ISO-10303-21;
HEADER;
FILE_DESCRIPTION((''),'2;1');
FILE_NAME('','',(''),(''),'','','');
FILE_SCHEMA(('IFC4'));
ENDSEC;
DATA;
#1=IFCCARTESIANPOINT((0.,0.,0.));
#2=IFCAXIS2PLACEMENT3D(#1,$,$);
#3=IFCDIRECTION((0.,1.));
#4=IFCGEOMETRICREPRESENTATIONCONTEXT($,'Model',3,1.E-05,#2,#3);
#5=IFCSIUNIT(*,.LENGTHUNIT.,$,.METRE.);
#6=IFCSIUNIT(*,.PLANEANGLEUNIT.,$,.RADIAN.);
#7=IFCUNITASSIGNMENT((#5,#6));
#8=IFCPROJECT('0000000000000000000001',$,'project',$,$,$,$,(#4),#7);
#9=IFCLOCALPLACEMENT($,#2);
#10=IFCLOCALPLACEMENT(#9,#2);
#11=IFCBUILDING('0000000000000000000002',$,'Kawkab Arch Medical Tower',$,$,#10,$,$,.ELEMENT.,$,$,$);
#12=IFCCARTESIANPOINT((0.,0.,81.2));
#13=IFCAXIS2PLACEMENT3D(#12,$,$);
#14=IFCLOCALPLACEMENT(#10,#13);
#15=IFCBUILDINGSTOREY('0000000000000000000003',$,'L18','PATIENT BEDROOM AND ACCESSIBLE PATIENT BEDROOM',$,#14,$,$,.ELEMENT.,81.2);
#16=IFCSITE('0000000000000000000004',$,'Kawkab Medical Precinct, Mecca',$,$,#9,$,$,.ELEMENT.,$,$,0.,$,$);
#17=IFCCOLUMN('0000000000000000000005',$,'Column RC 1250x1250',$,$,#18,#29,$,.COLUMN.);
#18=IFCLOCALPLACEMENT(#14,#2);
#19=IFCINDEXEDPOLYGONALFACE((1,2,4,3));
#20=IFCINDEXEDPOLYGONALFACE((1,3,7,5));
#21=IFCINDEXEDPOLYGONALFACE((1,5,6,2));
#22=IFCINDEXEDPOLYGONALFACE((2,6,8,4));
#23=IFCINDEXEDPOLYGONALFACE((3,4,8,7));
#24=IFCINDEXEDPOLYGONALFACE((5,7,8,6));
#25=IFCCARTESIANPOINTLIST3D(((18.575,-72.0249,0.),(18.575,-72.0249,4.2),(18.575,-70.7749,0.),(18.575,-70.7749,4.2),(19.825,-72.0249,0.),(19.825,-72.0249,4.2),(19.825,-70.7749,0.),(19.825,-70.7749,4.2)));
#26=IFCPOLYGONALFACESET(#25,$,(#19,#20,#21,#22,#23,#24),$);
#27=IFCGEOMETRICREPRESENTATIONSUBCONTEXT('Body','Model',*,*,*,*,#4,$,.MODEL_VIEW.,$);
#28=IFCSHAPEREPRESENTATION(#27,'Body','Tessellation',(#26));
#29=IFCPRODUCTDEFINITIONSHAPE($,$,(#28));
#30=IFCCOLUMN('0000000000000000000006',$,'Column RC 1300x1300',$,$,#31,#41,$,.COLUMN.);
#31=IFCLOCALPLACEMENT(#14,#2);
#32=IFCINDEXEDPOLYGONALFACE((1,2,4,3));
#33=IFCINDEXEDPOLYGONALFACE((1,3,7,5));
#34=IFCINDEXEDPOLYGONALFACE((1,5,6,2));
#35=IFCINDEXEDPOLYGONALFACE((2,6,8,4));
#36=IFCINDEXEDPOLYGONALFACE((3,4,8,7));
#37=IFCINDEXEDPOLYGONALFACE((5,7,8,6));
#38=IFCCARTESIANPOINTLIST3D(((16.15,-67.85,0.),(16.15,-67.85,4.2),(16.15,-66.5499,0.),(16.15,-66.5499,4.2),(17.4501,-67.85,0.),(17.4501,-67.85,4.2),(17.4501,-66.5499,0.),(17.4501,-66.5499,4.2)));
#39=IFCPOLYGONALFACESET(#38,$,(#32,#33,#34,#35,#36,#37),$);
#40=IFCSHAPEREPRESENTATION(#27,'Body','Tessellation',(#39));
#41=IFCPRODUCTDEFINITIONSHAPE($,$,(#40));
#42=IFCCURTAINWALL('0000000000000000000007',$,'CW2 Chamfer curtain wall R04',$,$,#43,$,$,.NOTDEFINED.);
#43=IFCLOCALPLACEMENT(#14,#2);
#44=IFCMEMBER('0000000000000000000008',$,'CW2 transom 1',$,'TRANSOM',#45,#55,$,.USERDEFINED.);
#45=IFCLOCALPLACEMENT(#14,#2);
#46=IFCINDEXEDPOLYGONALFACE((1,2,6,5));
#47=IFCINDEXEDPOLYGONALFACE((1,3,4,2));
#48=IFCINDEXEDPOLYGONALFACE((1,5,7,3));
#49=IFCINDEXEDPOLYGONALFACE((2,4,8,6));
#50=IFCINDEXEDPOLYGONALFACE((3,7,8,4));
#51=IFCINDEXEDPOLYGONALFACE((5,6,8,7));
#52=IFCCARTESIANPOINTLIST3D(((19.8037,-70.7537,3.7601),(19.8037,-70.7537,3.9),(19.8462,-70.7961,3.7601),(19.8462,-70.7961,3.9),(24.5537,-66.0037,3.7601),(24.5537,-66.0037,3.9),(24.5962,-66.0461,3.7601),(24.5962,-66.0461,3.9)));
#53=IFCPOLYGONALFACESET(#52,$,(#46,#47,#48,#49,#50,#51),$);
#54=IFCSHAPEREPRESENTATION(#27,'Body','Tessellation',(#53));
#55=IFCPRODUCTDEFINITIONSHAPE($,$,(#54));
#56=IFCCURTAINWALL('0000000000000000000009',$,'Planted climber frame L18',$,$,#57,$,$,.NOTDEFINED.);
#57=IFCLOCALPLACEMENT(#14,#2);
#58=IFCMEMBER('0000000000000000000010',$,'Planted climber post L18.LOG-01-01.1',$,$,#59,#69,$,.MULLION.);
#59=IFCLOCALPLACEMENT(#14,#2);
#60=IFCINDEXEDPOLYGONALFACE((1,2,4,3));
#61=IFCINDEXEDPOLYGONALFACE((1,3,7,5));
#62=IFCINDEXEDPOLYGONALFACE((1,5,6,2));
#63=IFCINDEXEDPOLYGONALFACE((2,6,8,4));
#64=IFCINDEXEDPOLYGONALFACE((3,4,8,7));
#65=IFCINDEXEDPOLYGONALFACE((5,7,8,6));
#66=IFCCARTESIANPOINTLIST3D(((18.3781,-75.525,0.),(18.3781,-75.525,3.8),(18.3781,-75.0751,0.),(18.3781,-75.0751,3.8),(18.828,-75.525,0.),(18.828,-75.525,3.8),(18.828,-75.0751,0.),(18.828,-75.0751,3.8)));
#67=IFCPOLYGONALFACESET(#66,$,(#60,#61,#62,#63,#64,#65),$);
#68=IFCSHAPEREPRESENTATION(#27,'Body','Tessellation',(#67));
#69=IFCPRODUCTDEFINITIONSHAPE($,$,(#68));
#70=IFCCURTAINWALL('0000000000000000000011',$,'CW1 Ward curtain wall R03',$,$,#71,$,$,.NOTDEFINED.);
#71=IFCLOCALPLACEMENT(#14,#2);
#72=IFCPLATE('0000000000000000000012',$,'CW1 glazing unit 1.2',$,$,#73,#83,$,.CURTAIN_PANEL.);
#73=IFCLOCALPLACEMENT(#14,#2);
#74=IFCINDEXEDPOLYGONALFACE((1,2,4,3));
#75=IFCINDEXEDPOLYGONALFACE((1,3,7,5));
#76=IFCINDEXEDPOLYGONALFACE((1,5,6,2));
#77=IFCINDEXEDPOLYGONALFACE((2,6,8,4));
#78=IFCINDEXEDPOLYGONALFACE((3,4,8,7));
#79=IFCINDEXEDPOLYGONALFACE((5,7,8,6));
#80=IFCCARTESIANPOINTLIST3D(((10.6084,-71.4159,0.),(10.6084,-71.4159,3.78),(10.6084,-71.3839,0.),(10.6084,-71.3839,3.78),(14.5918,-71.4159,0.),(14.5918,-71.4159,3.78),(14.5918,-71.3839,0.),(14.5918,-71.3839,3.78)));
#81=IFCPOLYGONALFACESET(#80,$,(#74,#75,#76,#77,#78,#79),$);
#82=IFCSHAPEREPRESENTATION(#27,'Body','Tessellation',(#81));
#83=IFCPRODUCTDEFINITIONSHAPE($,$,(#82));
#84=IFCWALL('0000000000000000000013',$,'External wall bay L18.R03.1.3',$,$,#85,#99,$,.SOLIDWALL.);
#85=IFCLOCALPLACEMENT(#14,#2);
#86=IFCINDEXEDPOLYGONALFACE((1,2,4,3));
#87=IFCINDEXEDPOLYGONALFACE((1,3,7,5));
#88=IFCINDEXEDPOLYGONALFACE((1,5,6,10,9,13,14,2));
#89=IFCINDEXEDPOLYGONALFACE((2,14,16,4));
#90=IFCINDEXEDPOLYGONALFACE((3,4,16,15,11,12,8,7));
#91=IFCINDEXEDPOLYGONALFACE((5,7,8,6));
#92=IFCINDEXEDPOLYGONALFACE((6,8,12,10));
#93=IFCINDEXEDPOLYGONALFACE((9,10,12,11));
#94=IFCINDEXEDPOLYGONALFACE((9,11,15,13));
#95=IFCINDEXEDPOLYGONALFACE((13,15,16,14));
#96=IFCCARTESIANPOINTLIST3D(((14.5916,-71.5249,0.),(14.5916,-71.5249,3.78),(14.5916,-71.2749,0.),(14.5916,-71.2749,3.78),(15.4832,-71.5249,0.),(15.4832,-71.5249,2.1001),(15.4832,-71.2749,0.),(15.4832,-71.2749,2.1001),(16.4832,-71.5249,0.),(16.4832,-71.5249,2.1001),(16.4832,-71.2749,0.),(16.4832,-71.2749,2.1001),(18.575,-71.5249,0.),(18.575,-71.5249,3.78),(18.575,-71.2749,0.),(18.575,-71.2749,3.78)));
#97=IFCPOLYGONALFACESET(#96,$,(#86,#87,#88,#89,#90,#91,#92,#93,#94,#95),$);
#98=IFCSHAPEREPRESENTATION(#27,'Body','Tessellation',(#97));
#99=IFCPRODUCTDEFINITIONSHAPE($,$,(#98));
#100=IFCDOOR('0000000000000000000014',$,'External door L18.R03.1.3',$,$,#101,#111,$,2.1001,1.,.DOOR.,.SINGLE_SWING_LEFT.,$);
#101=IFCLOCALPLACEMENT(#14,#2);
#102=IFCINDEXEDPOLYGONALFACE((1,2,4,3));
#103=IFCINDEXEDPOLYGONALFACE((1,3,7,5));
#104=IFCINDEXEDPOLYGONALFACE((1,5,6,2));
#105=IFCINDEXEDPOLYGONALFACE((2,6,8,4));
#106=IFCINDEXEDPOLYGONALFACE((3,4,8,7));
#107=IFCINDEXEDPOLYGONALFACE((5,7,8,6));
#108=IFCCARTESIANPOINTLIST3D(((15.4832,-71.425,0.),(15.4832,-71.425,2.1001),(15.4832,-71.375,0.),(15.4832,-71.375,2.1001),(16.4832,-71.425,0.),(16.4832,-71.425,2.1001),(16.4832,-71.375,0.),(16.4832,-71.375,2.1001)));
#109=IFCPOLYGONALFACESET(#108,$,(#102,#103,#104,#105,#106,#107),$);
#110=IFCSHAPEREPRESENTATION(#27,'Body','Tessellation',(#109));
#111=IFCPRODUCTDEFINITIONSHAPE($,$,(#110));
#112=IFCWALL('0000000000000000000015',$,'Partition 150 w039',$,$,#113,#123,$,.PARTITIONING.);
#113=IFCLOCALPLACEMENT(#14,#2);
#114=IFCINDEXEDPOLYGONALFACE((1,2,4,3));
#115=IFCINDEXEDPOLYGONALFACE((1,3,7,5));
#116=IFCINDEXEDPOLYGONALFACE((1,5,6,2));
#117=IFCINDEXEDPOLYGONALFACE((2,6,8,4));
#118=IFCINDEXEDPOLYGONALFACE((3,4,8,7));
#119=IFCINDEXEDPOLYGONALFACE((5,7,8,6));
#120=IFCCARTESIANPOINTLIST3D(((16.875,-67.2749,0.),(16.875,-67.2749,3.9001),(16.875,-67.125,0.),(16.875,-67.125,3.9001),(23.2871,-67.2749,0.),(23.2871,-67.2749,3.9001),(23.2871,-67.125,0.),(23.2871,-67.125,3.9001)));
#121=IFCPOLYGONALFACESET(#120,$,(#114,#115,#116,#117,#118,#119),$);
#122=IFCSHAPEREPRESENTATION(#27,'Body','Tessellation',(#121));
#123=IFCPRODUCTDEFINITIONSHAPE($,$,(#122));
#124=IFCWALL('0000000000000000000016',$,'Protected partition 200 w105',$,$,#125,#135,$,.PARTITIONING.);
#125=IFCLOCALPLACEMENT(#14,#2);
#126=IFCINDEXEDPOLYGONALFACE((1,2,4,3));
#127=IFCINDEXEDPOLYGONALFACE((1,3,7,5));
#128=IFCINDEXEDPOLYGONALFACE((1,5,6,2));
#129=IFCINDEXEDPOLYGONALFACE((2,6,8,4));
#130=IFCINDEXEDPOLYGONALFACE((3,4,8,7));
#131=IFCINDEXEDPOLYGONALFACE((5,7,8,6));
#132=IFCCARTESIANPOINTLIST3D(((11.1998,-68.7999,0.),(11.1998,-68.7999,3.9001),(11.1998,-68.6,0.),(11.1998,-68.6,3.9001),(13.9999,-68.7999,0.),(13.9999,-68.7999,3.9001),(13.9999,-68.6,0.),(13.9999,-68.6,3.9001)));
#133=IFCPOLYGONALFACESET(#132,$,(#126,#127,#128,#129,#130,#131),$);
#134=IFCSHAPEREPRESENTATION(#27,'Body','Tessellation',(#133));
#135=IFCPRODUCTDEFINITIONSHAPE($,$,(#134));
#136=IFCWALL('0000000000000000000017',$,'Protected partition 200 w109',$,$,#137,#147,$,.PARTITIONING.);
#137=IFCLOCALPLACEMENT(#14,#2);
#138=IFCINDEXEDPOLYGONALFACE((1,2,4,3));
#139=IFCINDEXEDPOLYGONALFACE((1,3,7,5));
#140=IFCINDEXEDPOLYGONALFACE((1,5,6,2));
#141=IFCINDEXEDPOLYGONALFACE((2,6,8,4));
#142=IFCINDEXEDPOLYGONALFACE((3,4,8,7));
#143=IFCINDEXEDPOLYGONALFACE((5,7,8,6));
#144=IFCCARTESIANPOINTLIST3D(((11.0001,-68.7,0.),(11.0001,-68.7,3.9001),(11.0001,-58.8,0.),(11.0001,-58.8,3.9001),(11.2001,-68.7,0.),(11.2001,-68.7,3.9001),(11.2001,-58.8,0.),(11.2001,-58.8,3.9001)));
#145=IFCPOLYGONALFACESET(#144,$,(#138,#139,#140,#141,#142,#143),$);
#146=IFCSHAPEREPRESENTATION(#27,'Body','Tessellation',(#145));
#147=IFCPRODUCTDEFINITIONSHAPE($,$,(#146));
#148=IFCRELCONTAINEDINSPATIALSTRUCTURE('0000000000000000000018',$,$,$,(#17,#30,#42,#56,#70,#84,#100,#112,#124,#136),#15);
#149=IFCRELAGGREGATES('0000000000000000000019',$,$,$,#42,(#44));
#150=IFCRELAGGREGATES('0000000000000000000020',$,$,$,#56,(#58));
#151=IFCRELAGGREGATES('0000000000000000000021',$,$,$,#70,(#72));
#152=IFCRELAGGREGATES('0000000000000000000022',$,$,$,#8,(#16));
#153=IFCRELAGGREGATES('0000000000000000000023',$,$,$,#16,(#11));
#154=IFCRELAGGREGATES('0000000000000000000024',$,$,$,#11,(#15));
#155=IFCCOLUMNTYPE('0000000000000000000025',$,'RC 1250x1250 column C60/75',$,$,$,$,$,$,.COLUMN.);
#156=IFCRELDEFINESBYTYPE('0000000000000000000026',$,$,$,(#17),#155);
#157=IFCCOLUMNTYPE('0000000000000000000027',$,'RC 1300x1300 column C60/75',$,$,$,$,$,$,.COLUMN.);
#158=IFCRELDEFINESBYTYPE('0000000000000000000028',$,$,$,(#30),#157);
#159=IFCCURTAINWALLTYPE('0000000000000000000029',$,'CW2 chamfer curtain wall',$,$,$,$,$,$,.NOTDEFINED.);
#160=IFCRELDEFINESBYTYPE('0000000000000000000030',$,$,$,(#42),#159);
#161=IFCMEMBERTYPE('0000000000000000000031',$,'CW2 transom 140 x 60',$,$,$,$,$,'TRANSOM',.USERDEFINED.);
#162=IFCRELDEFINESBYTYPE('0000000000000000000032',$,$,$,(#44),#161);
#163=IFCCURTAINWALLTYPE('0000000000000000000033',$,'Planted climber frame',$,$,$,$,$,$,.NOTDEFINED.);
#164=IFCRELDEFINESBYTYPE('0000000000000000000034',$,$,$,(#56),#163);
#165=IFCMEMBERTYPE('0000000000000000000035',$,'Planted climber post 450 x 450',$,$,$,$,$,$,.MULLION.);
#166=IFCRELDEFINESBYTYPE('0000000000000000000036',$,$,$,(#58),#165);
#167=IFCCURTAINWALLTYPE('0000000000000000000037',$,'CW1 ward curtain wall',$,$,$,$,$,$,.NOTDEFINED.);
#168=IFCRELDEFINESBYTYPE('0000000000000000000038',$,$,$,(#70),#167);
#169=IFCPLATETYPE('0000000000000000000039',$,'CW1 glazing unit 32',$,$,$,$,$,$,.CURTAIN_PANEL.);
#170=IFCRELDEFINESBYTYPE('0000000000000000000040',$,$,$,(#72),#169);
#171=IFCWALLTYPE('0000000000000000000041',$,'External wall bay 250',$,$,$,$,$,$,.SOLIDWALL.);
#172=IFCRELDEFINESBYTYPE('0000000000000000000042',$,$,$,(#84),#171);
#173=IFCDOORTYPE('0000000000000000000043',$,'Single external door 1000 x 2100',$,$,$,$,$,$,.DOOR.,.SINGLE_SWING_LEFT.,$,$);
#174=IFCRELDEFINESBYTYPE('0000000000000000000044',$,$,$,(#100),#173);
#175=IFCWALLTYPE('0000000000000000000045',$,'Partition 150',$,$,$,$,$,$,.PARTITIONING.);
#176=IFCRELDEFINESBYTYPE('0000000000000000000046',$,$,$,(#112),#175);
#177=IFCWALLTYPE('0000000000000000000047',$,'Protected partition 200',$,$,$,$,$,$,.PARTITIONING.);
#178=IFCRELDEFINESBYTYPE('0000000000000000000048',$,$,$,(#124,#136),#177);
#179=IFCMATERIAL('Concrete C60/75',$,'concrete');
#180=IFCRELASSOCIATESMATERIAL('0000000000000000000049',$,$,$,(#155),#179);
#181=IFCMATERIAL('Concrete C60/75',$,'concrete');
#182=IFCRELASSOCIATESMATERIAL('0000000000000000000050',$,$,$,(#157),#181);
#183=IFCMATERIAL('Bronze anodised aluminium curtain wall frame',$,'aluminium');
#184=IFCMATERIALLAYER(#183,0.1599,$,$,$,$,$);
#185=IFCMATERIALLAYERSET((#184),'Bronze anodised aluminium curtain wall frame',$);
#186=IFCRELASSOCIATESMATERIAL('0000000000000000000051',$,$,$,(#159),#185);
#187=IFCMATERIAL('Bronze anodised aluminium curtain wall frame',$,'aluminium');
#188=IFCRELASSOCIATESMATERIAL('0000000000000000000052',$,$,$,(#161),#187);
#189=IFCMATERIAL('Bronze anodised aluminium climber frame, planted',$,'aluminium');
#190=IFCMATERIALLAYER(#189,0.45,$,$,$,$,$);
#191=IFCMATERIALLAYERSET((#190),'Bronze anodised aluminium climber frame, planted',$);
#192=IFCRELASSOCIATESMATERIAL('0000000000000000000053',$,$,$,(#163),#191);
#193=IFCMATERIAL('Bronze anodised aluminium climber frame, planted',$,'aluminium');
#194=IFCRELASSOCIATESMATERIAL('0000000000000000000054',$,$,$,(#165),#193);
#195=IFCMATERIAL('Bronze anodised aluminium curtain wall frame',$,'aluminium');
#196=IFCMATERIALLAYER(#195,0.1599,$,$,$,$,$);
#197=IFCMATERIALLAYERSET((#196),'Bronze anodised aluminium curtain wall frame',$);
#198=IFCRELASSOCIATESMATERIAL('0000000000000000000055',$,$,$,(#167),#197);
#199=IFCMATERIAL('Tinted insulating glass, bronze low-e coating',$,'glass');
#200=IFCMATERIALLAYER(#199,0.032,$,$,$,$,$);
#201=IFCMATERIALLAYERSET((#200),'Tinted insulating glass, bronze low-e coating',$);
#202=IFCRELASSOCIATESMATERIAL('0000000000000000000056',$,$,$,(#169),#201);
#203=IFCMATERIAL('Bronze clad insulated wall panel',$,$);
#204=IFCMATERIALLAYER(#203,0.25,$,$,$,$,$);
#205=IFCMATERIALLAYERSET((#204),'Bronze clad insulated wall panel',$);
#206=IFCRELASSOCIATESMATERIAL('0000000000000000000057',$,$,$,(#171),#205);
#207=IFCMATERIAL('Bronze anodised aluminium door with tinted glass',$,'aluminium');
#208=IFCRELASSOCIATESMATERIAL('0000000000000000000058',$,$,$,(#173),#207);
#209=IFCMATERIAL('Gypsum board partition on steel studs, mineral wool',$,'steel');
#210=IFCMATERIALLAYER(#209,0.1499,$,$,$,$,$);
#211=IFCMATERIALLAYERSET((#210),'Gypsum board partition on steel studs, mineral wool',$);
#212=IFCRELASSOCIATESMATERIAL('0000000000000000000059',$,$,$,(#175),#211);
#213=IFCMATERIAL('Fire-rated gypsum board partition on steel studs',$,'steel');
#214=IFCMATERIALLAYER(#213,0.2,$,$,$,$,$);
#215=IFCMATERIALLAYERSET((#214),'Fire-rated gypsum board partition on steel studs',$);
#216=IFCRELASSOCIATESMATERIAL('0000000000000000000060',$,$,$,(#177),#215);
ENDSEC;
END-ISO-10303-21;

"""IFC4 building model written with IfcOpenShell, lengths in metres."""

from ifc_helpers import new_model, si_unit, direction, frame, frame_2d, origin, origin_2d, place, context, subcontext, project, spatial, rectangle, extrude, material, layer, layer_set, material_profile, profile_set, type_object, element, fill, aggregate, save


model = new_model("IFC4")

# Units and contexts
model_context = context("Model", 3, precision=1e-05, world=origin(), true_north=direction((0.0, 1.0)))
body_context = subcontext(model_context, "Body", "Model", "MODEL_VIEW")
ifc_project = project(units=[si_unit("LENGTHUNIT", "METRE"), si_unit("PLANEANGLEUNIT", "RADIAN")], contexts=[model_context])

# Site, building, storey
site_placement = place(None, origin())
site = spatial("IfcSite", under=ifc_project, at=site_placement, Name="Kawkab Medical Precinct, Mecca", CompositionType="ELEMENT", RefElevation=0.0)
building_placement = place(site_placement, origin())
building = spatial("IfcBuilding", under=site, at=building_placement, Name="Kawkab Arch Medical Tower", CompositionType="ELEMENT")
storey_placement = place(building_placement, frame((0.0, 0.0, 81.2)))
storey = spatial("IfcBuildingStorey", under=building, at=storey_placement, Name="L18", Description="PATIENT BEDROOM AND ACCESSIBLE PATIENT BEDROOM", CompositionType="ELEMENT", Elevation=81.2)

# Columns
ifc_material_1 = material(Name="Concrete C60/75", Category="concrete")
ifc_material_profile_1 = material_profile(ifc_material_1, rectangle(XDim=1.25, YDim=1.25, at=origin_2d()), Name="RC 1250x1250")
ifc_profile_set_1 = profile_set([ifc_material_profile_1], Name="Concrete C60/75")
column_type_1 = type_object("IfcColumnType", Name="RC 1250x1250 column C60/75", PredefinedType="COLUMN", material=ifc_profile_set_1)
column_1_placement = place(storey_placement, frame((19.2, -71.3999, 0.0), z_axis=(0.0, 0.0, 1.0), x_axis=(1.0, 0.0, 0.0)))
element("IfcColumn", 1, at=column_1_placement, inside=storey, type_object=column_type_1, Name="Column RC 1250x1250", PredefinedType="COLUMN", context=body_context, shape_type="SweptSolid", body=[
    extrude(rectangle(XDim=1.25, YDim=1.25, at=origin_2d()), origin(), (0.0, 0.0, 1.0), 4.2),
])
ifc_material_2 = material(Name="Concrete C60/75", Category="concrete")
ifc_material_profile_2 = material_profile(ifc_material_2, rectangle(XDim=1.3, YDim=1.3, at=origin_2d()), Name="RC 1300x1300")
ifc_profile_set_2 = profile_set([ifc_material_profile_2], Name="Concrete C60/75")
column_type_2 = type_object("IfcColumnType", Name="RC 1300x1300 column C60/75", PredefinedType="COLUMN", material=ifc_profile_set_2)
column_2_placement = place(storey_placement, frame((16.8, -67.2, 0.0), z_axis=(0.0, 0.0, 1.0), x_axis=(1.0, 0.0, 0.0)))
element("IfcColumn", 2, at=column_2_placement, inside=storey, type_object=column_type_2, Name="Column RC 1300x1300", PredefinedType="COLUMN", context=body_context, shape_type="SweptSolid", body=[
    extrude(rectangle(XDim=1.3, YDim=1.3, at=origin_2d()), origin(), (0.0, 0.0, 1.0), 4.2),
])

# Curtain walls, members
ifc_material_3 = material(Name="Bronze anodised aluminium curtain wall frame", Category="aluminium")
ifc_layer_1 = layer(ifc_material_3, 0.1599)
ifc_layer_set_1 = layer_set([ifc_layer_1], Name="Bronze anodised aluminium curtain wall frame")
curtain_wall_type_1 = type_object("IfcCurtainWallType", Name="CW2 chamfer curtain wall", PredefinedType="NOTDEFINED", material=ifc_layer_set_1)
placement = place(storey_placement, origin())
curtain_wall_1 = element("IfcCurtainWall", 3, at=placement, inside=storey, type_object=curtain_wall_type_1, Name="CW2 Chamfer curtain wall R04", PredefinedType="NOTDEFINED")
ifc_material_4 = material(Name="Bronze anodised aluminium curtain wall frame", Category="aluminium")
ifc_material_profile_3 = material_profile(ifc_material_4, rectangle(XDim=0.0601, YDim=0.1399, at=origin_2d()), Name="AL 60x140")
ifc_profile_set_3 = profile_set([ifc_material_profile_3], Name="Bronze anodised aluminium curtain wall frame")
member_type_1 = type_object("IfcMemberType", Name="CW2 transom 140 x 60", ElementType="TRANSOM", PredefinedType="USERDEFINED", material=ifc_profile_set_3)
member_1_placement = place(storey_placement, frame((19.825, -70.7749, 3.8301), z_axis=(0.707107, 0.707107, 0.0), x_axis=(-0.707107, 0.707107, 0.0)))
member_1 = element("IfcMember", 4, at=member_1_placement, type_object=member_type_1, Name="CW2 transom 1", ObjectType="TRANSOM", PredefinedType="USERDEFINED", context=body_context, shape_type="SweptSolid", body=[
    extrude(rectangle(XDim=0.0601, YDim=0.1399, at=origin_2d()), origin(), (0.0, 0.0, 1.0), 6.7175),
])
aggregate(curtain_wall_1, [member_1])
ifc_material_5 = material(Name="Bronze anodised aluminium climber frame, planted", Category="aluminium")
ifc_layer_2 = layer(ifc_material_5, 0.45)
ifc_layer_set_2 = layer_set([ifc_layer_2], Name="Bronze anodised aluminium climber frame, planted")
curtain_wall_type_2 = type_object("IfcCurtainWallType", Name="Planted climber frame", PredefinedType="NOTDEFINED", material=ifc_layer_set_2)
curtain_wall_2 = element("IfcCurtainWall", 5, at=placement, inside=storey, type_object=curtain_wall_type_2, Name="Planted climber frame L18", PredefinedType="NOTDEFINED")
ifc_material_6 = material(Name="Bronze anodised aluminium climber frame, planted", Category="aluminium")
ifc_material_profile_4 = material_profile(ifc_material_6, rectangle(XDim=0.45, YDim=0.45, at=origin_2d()), Name="Post 450x450")
ifc_profile_set_4 = profile_set([ifc_material_profile_4], Name="Bronze anodised aluminium climber frame, planted")
member_type_2 = type_object("IfcMemberType", Name="Planted climber post 450 x 450", PredefinedType="MULLION", material=ifc_profile_set_4)
member_2_placement = place(storey_placement, frame((18.603, -75.3, 0.0), z_axis=(0.0, 0.0, 1.0), x_axis=(1.0, 0.0, 0.0)))
member_2 = element("IfcMember", 6, at=member_2_placement, type_object=member_type_2, Name="Planted climber post L18.LOG-01-01.1", PredefinedType="MULLION", context=body_context, shape_type="SweptSolid", body=[
    extrude(rectangle(XDim=0.45, YDim=0.45, at=origin_2d()), origin(), (0.0, 0.0, 1.0), 3.8),
])
aggregate(curtain_wall_2, [member_2])

# Curtain wall, plate
ifc_material_7 = material(Name="Bronze anodised aluminium curtain wall frame", Category="aluminium")
ifc_layer_3 = layer(ifc_material_7, 0.1599)
ifc_layer_set_3 = layer_set([ifc_layer_3], Name="Bronze anodised aluminium curtain wall frame")
curtain_wall_type_3 = type_object("IfcCurtainWallType", Name="CW1 ward curtain wall", PredefinedType="NOTDEFINED", material=ifc_layer_set_3)
curtain_wall_3 = element("IfcCurtainWall", 7, at=placement, inside=storey, type_object=curtain_wall_type_3, Name="CW1 Ward curtain wall R03", PredefinedType="NOTDEFINED")
ifc_material_8 = material(Name="Tinted insulating glass, bronze low-e coating", Category="glass")
ifc_layer_4 = layer(ifc_material_8, 0.032)
ifc_layer_set_4 = layer_set([ifc_layer_4], Name="Tinted insulating glass, bronze low-e coating")
plate_type = type_object("IfcPlateType", Name="CW1 glazing unit 32", PredefinedType="CURTAIN_PANEL", material=ifc_layer_set_4)
plate_placement = place(storey_placement, frame((12.6001, -71.3999, 0.0), z_axis=(0.0, 0.0, 1.0), x_axis=(1.0, 0.0, 0.0)))
plate = element("IfcPlate", 8, at=plate_placement, type_object=plate_type, Name="CW1 glazing unit 1.2", PredefinedType="CURTAIN_PANEL", context=body_context, shape_type="SweptSolid", body=[
    extrude(rectangle(XDim=3.9834, YDim=0.032, at=origin_2d()), origin(), (0.0, 0.0, 1.0), 3.78),
])
aggregate(curtain_wall_3, [plate])

# Wall, opening, door
ifc_material_9 = material(Name="Bronze clad insulated wall panel")
ifc_layer_5 = layer(ifc_material_9, 0.25)
ifc_layer_set_5 = layer_set([ifc_layer_5], Name="Bronze clad insulated wall panel")
wall_type_1 = type_object("IfcWallType", Name="External wall bay 250", PredefinedType="SOLIDWALL", material=ifc_layer_set_5)
wall_1_placement = place(storey_placement, frame((14.5916, -71.3999, 0.0), z_axis=(0.0, 0.0, 1.0), x_axis=(1.0, 0.0, 0.0)))
wall_1 = element("IfcWall", 9, at=wall_1_placement, inside=storey, type_object=wall_type_1, Name="External wall bay L18.R03.1.3", PredefinedType="SOLIDWALL", context=body_context, shape_type="SweptSolid", body=[
    extrude(rectangle(XDim=3.9834, YDim=0.25, at=frame_2d((1.9917, 0.0))), origin(), (0.0, 0.0, 1.0), 3.78),
])
opening_1_placement = place(wall_1_placement, frame((0.8916, 0.0, 0.0)))
opening_1 = element("IfcOpeningElement", 10, at=opening_1_placement, cuts=wall_1, PredefinedType="OPENING", context=body_context, shape_type="SweptSolid", body=[
    extrude(rectangle(XDim=1.0, YDim=2.1001, at=frame_2d((0.5, 1.05))), frame((0.0, 0.135, 0.0), z_axis=(0.0, -1.0, 0.0), x_axis=(1.0, 0.0, 0.0)), (0.0, 0.0, 1.0), 0.27),
])
ifc_material_10 = material(Name="Bronze anodised aluminium door with tinted glass", Category="aluminium")
door_type_1 = type_object("IfcDoorType", Name="Single external door 1000 x 2100", OperationType="SINGLE_SWING_LEFT", PredefinedType="DOOR", material=ifc_material_10)
door_1_placement = place(opening_1_placement, origin())
door_1 = element("IfcDoor", 11, at=door_1_placement, inside=storey, type_object=door_type_1, Name="External door L18.R03.1.3", OperationType="SINGLE_SWING_LEFT", OverallHeight=2.1001, OverallWidth=1.0, PredefinedType="DOOR", context=body_context, shape_type="SweptSolid", body=[
    extrude(rectangle(XDim=1.0, YDim=2.1001, at=frame_2d((0.5, 1.05))), frame((0.0, 0.0249, 0.0), z_axis=(0.0, -1.0, 0.0), x_axis=(1.0, 0.0, 0.0)), (0.0, 0.0, 1.0), 0.05),
])
fill(opening_1, door_1)

# Wall
ifc_material_11 = material(Name="Gypsum board partition on steel studs, mineral wool", Category="steel")
ifc_layer_6 = layer(ifc_material_11, 0.1499)
ifc_layer_set_6 = layer_set([ifc_layer_6], Name="Gypsum board partition on steel studs, mineral wool")
wall_type_2 = type_object("IfcWallType", Name="Partition 150", PredefinedType="PARTITIONING", material=ifc_layer_set_6)
wall_2_placement = place(storey_placement, frame((16.875, -67.2, 0.0), z_axis=(0.0, 0.0, 1.0), x_axis=(1.0, 0.0, 0.0)))
element("IfcWall", 12, at=wall_2_placement, inside=storey, type_object=wall_type_2, Name="Partition 150 w039", PredefinedType="PARTITIONING", context=body_context, shape_type="SweptSolid", body=[
    extrude(rectangle(XDim=6.4121, YDim=0.1499, at=frame_2d((3.2061, 0.0))), origin(), (0.0, 0.0, 1.0), 3.9001),
])

# Walls
ifc_material_12 = material(Name="Fire-rated gypsum board partition on steel studs", Category="steel")
ifc_layer_7 = layer(ifc_material_12, 0.2)
ifc_layer_set_7 = layer_set([ifc_layer_7], Name="Fire-rated gypsum board partition on steel studs")
wall_type_3 = type_object("IfcWallType", Name="Protected partition 200", PredefinedType="PARTITIONING", material=ifc_layer_set_7)
wall_3_placement = place(storey_placement, frame((11.2, -68.7, 0.0), z_axis=(0.0, 0.0, 1.0), x_axis=(1.0, 0.0, 0.0)))
element("IfcWall", 13, at=wall_3_placement, inside=storey, type_object=wall_type_3, Name="Protected partition 200 w105", PredefinedType="PARTITIONING", context=body_context, shape_type="SweptSolid", body=[
    extrude(rectangle(XDim=2.8, YDim=0.2, at=frame_2d((1.3999, 0.0))), origin(), (0.0, 0.0, 1.0), 3.9001),
])
wall_4_placement = place(storey_placement, frame((11.1001, -68.7, 0.0), z_axis=(0.0, 0.0, 1.0), x_axis=(0.0, 1.0, 0.0)))
element("IfcWall", 14, at=wall_4_placement, inside=storey, type_object=wall_type_3, Name="Protected partition 200 w109", PredefinedType="PARTITIONING", context=body_context, shape_type="SweptSolid", body=[
    extrude(rectangle(XDim=9.8999, YDim=0.2, at=frame_2d((4.95, 0.0))), origin(), (0.0, 0.0, 1.0), 3.9001),
])

save(model, "model.ifc")
